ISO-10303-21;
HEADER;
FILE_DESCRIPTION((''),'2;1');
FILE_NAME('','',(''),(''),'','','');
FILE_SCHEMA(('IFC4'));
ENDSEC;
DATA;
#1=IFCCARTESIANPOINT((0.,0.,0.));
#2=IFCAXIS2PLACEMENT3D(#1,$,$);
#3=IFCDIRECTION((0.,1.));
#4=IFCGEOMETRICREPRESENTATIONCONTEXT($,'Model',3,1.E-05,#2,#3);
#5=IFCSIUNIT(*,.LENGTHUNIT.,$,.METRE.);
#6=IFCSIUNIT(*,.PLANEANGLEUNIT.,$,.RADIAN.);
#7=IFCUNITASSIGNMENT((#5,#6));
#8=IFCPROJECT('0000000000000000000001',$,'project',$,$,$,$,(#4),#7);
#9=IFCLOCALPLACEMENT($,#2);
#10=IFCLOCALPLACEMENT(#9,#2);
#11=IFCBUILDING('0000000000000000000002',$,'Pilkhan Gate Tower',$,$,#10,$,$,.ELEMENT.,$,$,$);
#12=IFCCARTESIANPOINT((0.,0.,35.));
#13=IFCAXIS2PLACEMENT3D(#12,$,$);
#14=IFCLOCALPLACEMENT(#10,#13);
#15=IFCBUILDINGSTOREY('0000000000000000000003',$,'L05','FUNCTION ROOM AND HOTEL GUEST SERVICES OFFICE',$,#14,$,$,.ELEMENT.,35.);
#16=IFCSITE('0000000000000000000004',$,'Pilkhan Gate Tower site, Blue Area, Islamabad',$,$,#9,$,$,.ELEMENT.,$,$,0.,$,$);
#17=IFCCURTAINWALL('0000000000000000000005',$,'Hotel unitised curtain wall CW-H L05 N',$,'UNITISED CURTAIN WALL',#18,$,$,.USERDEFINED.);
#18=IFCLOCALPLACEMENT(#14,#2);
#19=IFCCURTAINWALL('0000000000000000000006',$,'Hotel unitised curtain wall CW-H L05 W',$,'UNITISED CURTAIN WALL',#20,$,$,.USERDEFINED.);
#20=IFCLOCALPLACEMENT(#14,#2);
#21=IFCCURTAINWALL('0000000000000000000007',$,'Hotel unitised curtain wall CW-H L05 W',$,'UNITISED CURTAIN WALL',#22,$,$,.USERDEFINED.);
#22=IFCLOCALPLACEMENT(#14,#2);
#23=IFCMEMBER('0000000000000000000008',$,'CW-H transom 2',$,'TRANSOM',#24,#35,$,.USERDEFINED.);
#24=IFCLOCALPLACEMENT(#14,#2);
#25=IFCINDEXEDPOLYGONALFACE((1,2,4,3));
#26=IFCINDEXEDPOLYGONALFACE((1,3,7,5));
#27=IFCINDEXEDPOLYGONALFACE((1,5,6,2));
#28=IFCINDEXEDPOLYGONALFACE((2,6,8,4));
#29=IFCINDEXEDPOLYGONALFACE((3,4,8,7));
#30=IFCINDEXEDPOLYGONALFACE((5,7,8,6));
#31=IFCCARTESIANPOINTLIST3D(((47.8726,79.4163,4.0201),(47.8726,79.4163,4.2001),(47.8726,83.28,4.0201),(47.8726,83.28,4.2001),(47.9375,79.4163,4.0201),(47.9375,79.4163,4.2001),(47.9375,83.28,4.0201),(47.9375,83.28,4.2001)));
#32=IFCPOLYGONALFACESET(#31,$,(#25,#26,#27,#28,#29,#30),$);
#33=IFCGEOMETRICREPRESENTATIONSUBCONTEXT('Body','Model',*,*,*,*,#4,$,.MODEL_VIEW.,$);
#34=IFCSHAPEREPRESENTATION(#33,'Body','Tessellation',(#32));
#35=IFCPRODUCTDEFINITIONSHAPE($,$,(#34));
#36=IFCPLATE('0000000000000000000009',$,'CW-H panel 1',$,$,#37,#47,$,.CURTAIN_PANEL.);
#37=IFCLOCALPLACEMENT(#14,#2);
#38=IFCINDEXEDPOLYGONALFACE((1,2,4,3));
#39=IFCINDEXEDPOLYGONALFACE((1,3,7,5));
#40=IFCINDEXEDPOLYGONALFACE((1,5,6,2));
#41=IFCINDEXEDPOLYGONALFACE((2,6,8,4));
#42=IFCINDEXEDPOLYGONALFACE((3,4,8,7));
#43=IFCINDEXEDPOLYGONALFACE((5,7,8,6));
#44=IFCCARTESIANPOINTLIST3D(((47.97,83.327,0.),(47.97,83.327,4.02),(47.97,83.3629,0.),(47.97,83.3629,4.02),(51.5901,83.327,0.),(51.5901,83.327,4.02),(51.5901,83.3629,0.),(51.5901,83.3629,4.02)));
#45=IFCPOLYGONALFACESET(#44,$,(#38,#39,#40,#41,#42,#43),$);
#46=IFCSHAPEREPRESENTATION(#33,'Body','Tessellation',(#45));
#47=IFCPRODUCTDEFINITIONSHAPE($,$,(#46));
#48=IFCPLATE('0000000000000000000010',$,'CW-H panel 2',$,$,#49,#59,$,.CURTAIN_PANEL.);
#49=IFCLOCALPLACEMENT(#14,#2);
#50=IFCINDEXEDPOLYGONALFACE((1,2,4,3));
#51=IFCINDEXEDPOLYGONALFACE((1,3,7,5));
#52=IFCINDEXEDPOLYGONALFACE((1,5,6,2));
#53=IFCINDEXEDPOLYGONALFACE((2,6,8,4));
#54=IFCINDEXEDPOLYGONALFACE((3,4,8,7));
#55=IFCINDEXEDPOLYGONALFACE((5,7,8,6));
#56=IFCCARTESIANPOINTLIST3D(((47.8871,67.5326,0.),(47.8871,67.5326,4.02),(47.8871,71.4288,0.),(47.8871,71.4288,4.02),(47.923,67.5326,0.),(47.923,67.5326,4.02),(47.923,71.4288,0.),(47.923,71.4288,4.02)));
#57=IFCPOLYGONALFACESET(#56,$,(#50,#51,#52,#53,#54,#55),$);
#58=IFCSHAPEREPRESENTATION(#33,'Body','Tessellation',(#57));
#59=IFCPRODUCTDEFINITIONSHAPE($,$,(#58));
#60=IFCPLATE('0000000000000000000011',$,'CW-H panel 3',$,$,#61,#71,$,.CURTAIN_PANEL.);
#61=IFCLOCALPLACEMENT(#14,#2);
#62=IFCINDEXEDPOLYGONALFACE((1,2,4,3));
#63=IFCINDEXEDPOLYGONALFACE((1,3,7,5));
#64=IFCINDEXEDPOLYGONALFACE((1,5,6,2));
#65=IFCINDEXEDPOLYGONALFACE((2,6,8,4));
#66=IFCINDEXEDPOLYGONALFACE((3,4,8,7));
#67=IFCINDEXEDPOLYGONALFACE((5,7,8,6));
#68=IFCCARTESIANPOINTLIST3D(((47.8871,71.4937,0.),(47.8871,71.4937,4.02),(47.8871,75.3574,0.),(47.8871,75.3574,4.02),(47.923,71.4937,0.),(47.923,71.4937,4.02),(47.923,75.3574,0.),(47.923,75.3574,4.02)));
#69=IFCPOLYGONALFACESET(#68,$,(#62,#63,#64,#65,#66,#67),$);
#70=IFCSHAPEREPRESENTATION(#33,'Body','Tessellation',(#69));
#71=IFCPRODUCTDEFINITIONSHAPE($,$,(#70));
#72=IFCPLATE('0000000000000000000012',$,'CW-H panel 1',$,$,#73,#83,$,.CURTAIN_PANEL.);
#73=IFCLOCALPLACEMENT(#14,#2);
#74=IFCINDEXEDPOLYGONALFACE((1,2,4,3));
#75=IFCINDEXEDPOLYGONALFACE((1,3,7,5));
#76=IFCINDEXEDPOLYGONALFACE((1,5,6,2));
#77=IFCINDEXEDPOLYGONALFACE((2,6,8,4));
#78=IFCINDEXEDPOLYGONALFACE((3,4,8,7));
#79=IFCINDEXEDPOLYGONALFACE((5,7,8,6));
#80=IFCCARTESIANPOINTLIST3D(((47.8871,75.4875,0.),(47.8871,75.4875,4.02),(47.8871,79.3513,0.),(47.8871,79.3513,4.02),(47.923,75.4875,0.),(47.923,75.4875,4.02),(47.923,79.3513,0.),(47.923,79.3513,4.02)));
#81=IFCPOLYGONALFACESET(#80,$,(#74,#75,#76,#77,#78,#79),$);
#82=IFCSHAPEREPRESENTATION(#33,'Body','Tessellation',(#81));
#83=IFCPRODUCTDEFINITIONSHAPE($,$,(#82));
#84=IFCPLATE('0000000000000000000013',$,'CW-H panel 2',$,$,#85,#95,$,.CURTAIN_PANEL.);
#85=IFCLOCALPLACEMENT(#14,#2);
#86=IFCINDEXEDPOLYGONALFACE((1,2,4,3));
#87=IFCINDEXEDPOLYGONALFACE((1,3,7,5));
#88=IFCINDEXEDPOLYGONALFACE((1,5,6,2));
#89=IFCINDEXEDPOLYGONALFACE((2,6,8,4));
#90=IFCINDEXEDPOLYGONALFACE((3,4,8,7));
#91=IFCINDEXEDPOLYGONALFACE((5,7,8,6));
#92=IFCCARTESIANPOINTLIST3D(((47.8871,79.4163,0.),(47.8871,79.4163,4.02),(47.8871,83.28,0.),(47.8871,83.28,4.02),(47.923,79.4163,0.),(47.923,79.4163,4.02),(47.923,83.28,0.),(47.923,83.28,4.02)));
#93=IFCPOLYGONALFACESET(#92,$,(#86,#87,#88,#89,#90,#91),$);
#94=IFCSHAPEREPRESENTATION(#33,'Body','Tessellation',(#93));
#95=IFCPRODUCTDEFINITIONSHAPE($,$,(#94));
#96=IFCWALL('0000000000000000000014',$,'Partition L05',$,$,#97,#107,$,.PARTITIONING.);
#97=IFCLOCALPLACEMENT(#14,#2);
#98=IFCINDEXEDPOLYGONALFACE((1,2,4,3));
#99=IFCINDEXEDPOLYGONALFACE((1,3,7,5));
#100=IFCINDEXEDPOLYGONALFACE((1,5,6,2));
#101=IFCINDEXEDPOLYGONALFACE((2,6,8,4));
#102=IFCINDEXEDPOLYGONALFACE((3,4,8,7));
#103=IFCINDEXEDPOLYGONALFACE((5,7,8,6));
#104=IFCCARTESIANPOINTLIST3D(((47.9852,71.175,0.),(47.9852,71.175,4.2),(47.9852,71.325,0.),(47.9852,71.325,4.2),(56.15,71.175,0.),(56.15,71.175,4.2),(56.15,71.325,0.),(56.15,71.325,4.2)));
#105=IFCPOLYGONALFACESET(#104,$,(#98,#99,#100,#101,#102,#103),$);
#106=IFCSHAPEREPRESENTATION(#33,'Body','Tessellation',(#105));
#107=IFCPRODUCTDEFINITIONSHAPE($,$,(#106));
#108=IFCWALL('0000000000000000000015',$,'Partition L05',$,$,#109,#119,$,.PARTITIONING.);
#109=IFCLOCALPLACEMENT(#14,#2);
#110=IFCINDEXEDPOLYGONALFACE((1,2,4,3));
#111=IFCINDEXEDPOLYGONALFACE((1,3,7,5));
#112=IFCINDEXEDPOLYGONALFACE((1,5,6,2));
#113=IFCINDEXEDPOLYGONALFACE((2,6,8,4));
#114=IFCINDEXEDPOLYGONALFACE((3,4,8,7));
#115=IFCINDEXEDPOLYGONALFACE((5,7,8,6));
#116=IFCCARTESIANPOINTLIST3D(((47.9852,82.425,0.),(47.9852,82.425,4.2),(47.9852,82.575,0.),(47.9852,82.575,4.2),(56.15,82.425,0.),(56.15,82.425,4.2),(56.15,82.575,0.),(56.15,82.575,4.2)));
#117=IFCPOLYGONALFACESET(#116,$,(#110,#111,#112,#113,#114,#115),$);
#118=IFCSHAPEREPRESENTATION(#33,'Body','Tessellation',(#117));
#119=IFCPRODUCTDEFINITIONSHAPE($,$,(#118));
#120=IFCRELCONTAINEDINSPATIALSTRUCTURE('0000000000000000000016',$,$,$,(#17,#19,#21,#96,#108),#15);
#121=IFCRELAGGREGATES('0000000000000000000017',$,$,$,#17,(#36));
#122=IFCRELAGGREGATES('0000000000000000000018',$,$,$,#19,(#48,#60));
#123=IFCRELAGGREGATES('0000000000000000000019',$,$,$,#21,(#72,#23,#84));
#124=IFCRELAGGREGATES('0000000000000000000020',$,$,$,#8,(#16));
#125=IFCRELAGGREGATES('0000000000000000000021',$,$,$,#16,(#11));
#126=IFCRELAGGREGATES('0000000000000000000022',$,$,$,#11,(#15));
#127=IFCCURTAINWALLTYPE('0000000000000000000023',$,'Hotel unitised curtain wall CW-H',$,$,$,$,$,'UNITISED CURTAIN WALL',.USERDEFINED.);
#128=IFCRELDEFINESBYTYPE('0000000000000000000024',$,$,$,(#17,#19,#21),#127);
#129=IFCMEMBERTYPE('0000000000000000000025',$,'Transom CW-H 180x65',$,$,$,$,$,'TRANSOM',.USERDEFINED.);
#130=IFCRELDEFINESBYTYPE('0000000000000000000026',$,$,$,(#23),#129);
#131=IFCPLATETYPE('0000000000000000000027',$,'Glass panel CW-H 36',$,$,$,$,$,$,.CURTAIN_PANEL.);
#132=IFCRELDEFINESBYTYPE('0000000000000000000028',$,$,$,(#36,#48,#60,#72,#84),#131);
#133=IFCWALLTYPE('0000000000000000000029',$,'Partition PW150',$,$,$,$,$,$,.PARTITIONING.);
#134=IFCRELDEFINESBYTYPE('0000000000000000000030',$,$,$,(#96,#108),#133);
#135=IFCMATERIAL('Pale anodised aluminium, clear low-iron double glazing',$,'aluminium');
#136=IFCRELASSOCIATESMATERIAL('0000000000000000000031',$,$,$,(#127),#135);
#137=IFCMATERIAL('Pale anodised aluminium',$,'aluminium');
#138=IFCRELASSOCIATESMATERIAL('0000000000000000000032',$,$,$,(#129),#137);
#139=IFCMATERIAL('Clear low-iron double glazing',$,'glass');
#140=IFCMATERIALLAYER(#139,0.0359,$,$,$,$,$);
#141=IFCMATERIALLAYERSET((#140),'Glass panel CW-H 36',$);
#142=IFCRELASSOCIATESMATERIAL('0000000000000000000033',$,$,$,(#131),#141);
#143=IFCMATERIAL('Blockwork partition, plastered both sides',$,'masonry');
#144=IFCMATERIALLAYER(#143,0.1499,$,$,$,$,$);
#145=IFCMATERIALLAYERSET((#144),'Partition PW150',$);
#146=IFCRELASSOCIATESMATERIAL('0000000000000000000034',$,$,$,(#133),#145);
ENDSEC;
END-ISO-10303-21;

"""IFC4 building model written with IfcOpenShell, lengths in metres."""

from ifc_helpers import new_model, si_unit, direction, frame, frame_2d, origin, origin_2d, place, context, subcontext, project, spatial, rectangle, extrude, material, layer, layer_set, material_profile, profile_set, type_object, element, aggregate, save


model = new_model("IFC4")

# Units and contexts
model_context = context("Model", 3, precision=1e-05, world=origin(), true_north=direction((0.0, 1.0)))
body_context = subcontext(model_context, "Body", "Model", "MODEL_VIEW")
ifc_project = project(units=[si_unit("LENGTHUNIT", "METRE"), si_unit("PLANEANGLEUNIT", "RADIAN")], contexts=[model_context])

# Site, building, storey
site_placement = place(None, origin())
site = spatial("IfcSite", under=ifc_project, at=site_placement, Name="Pilkhan Gate Tower site, Blue Area, Islamabad", CompositionType="ELEMENT", RefElevation=0.0)
building_placement = place(site_placement, origin())
building = spatial("IfcBuilding", under=site, at=building_placement, Name="Pilkhan Gate Tower", CompositionType="ELEMENT")
storey_placement = place(building_placement, frame((0.0, 0.0, 35.0)))
storey = spatial("IfcBuildingStorey", under=building, at=storey_placement, Name="L05", Description="FUNCTION ROOM AND HOTEL GUEST SERVICES OFFICE", CompositionType="ELEMENT", Elevation=35.0)

# Shared definitions
ifc_material_1 = material(Name="Pale anodised aluminium, clear low-iron double glazing", Category="aluminium")
curtain_wall_type = type_object("IfcCurtainWallType", Name="Hotel unitised curtain wall CW-H", ElementType="UNITISED CURTAIN WALL", PredefinedType="USERDEFINED", material=ifc_material_1)
ifc_material_2 = material(Name="Pale anodised aluminium", Category="aluminium")

# Curtain walls
curtain_wall_1_placement = place(storey_placement, origin())
curtain_wall_1 = element("IfcCurtainWall", 1, at=curtain_wall_1_placement, inside=storey, type_object=curtain_wall_type, Name="Hotel unitised curtain wall CW-H L05 N", ObjectType="UNITISED CURTAIN WALL", PredefinedType="USERDEFINED")
curtain_wall_2_placement = place(storey_placement, origin())
curtain_wall_2 = element("IfcCurtainWall", 2, at=curtain_wall_2_placement, inside=storey, type_object=curtain_wall_type, Name="Hotel unitised curtain wall CW-H L05 W", ObjectType="UNITISED CURTAIN WALL", PredefinedType="USERDEFINED")
curtain_wall_3_placement = place(storey_placement, origin())
curtain_wall_3 = element("IfcCurtainWall", 3, at=curtain_wall_3_placement, inside=storey, type_object=curtain_wall_type, Name="Hotel unitised curtain wall CW-H L05 W", ObjectType="UNITISED CURTAIN WALL", PredefinedType="USERDEFINED")

# Member
ifc_material_profile_1 = material_profile(ifc_material_2, rectangle(XDim=0.0649, YDim=0.1799, at=origin_2d()), Name="Transom 180x65")
ifc_profile_set_1 = profile_set([ifc_material_profile_1], Name="Pale anodised aluminium")
member_type_1 = type_object("IfcMemberType", Name="Transom CW-H 180x65", ElementType="TRANSOM", PredefinedType="USERDEFINED", material=ifc_profile_set_1)
member_1_placement = place(storey_placement, frame((47.905, 79.4163, 4.1101), z_axis=(0.0, 1.0, 0.0), x_axis=(-1.0, 0.0, 0.0)))
member_1 = element("IfcMember", 4, at=member_1_placement, type_object=member_type_1, Name="CW-H transom 2", ObjectType="TRANSOM", PredefinedType="USERDEFINED", context=body_context, shape_type="SweptSolid", body=[
    extrude(rectangle(XDim=0.0649, YDim=0.1799, at=origin_2d()), origin(), (0.0, 0.0, 1.0), 3.8638),
])

# Plates
ifc_material_3 = material(Name="Clear low-iron double glazing", Category="glass")
ifc_layer_1 = layer(ifc_material_3, 0.0359)
ifc_layer_set_1 = layer_set([ifc_layer_1], Name="Glass panel CW-H 36")
plate_type = type_object("IfcPlateType", Name="Glass panel CW-H 36", PredefinedType="CURTAIN_PANEL", material=ifc_layer_set_1)
plate_1_placement = place(storey_placement, frame((49.78, 83.345, 0.0), z_axis=(0.0, 0.0, 1.0), x_axis=(1.0, 0.0, 0.0)))
plate_1 = element("IfcPlate", 5, at=plate_1_placement, type_object=plate_type, Name="CW-H panel 1", PredefinedType="CURTAIN_PANEL", context=body_context, shape_type="SweptSolid", body=[
    extrude(rectangle(XDim=3.6201, YDim=0.0359, at=origin_2d()), origin(), (0.0, 0.0, 1.0), 4.02),
])
aggregate(curtain_wall_1, [plate_1])
plate_2_placement = place(storey_placement, frame((47.905, 69.4807, 0.0), z_axis=(0.0, 0.0, 1.0), x_axis=(0.0, 1.0, 0.0)))
plate_2 = element("IfcPlate", 6, at=plate_2_placement, type_object=plate_type, Name="CW-H panel 2", PredefinedType="CURTAIN_PANEL", context=body_context, shape_type="SweptSolid", body=[
    extrude(rectangle(XDim=3.8962, YDim=0.0359, at=origin_2d()), origin(), (0.0, 0.0, 1.0), 4.02),
])
plate_3_placement = place(storey_placement, frame((47.905, 73.4255, 0.0), z_axis=(0.0, 0.0, 1.0), x_axis=(0.0, 1.0, 0.0)))
plate_3 = element("IfcPlate", 7, at=plate_3_placement, type_object=plate_type, Name="CW-H panel 3", PredefinedType="CURTAIN_PANEL", context=body_context, shape_type="SweptSolid", body=[
    extrude(rectangle(XDim=3.8638, YDim=0.0359, at=origin_2d()), origin(), (0.0, 0.0, 1.0), 4.02),
])
aggregate(curtain_wall_2, [plate_2, plate_3])
plate_4_placement = place(storey_placement, frame((47.905, 77.4194, 0.0), z_axis=(0.0, 0.0, 1.0), x_axis=(0.0, 1.0, 0.0)))
plate_4 = element("IfcPlate", 8, at=plate_4_placement, type_object=plate_type, Name="CW-H panel 1", PredefinedType="CURTAIN_PANEL", context=body_context, shape_type="SweptSolid", body=[
    extrude(rectangle(XDim=3.8638, YDim=0.0359, at=origin_2d()), origin(), (0.0, 0.0, 1.0), 4.02),
])
plate_5_placement = place(storey_placement, frame((47.905, 81.3481, 0.0), z_axis=(0.0, 0.0, 1.0), x_axis=(0.0, 1.0, 0.0)))
plate_5 = element("IfcPlate", 9, at=plate_5_placement, type_object=plate_type, Name="CW-H panel 2", PredefinedType="CURTAIN_PANEL", context=body_context, shape_type="SweptSolid", body=[
    extrude(rectangle(XDim=3.8638, YDim=0.0359, at=origin_2d()), origin(), (0.0, 0.0, 1.0), 4.02),
])
aggregate(curtain_wall_3, [plate_4, member_1, plate_5])

# Walls
ifc_material_4 = material(Name="Blockwork partition, plastered both sides", Category="masonry")
ifc_layer_2 = layer(ifc_material_4, 0.1499)
ifc_layer_set_2 = layer_set([ifc_layer_2], Name="Partition PW150")
wall_type = type_object("IfcWallType", Name="Partition PW150", PredefinedType="PARTITIONING", material=ifc_layer_set_2)
for number, where, z_axis, x_axis, name in (
    (10, (47.9851, 71.25, 0.0), (0.0, 0.0, 1.0), (1.0, 0.0, 0.0), "Partition L05"),
    (11, (47.9851, 82.5, 0.0), (0.0, 0.0, 1.0), (1.0, 0.0, 0.0), "Partition L05"),
):
    element("IfcWall", number, at=place(storey_placement, frame(where, z_axis=z_axis, x_axis=x_axis)), inside=storey, type_object=wall_type, Name=name, PredefinedType="PARTITIONING", context=body_context, shape_type="SweptSolid", body=[
        extrude(rectangle(XDim=8.1648, YDim=0.1499, at=frame_2d((4.0825, 0.0))), origin(), (0.0, 0.0, 1.0), 4.2),
    ])

save(model, "model.ifc")
